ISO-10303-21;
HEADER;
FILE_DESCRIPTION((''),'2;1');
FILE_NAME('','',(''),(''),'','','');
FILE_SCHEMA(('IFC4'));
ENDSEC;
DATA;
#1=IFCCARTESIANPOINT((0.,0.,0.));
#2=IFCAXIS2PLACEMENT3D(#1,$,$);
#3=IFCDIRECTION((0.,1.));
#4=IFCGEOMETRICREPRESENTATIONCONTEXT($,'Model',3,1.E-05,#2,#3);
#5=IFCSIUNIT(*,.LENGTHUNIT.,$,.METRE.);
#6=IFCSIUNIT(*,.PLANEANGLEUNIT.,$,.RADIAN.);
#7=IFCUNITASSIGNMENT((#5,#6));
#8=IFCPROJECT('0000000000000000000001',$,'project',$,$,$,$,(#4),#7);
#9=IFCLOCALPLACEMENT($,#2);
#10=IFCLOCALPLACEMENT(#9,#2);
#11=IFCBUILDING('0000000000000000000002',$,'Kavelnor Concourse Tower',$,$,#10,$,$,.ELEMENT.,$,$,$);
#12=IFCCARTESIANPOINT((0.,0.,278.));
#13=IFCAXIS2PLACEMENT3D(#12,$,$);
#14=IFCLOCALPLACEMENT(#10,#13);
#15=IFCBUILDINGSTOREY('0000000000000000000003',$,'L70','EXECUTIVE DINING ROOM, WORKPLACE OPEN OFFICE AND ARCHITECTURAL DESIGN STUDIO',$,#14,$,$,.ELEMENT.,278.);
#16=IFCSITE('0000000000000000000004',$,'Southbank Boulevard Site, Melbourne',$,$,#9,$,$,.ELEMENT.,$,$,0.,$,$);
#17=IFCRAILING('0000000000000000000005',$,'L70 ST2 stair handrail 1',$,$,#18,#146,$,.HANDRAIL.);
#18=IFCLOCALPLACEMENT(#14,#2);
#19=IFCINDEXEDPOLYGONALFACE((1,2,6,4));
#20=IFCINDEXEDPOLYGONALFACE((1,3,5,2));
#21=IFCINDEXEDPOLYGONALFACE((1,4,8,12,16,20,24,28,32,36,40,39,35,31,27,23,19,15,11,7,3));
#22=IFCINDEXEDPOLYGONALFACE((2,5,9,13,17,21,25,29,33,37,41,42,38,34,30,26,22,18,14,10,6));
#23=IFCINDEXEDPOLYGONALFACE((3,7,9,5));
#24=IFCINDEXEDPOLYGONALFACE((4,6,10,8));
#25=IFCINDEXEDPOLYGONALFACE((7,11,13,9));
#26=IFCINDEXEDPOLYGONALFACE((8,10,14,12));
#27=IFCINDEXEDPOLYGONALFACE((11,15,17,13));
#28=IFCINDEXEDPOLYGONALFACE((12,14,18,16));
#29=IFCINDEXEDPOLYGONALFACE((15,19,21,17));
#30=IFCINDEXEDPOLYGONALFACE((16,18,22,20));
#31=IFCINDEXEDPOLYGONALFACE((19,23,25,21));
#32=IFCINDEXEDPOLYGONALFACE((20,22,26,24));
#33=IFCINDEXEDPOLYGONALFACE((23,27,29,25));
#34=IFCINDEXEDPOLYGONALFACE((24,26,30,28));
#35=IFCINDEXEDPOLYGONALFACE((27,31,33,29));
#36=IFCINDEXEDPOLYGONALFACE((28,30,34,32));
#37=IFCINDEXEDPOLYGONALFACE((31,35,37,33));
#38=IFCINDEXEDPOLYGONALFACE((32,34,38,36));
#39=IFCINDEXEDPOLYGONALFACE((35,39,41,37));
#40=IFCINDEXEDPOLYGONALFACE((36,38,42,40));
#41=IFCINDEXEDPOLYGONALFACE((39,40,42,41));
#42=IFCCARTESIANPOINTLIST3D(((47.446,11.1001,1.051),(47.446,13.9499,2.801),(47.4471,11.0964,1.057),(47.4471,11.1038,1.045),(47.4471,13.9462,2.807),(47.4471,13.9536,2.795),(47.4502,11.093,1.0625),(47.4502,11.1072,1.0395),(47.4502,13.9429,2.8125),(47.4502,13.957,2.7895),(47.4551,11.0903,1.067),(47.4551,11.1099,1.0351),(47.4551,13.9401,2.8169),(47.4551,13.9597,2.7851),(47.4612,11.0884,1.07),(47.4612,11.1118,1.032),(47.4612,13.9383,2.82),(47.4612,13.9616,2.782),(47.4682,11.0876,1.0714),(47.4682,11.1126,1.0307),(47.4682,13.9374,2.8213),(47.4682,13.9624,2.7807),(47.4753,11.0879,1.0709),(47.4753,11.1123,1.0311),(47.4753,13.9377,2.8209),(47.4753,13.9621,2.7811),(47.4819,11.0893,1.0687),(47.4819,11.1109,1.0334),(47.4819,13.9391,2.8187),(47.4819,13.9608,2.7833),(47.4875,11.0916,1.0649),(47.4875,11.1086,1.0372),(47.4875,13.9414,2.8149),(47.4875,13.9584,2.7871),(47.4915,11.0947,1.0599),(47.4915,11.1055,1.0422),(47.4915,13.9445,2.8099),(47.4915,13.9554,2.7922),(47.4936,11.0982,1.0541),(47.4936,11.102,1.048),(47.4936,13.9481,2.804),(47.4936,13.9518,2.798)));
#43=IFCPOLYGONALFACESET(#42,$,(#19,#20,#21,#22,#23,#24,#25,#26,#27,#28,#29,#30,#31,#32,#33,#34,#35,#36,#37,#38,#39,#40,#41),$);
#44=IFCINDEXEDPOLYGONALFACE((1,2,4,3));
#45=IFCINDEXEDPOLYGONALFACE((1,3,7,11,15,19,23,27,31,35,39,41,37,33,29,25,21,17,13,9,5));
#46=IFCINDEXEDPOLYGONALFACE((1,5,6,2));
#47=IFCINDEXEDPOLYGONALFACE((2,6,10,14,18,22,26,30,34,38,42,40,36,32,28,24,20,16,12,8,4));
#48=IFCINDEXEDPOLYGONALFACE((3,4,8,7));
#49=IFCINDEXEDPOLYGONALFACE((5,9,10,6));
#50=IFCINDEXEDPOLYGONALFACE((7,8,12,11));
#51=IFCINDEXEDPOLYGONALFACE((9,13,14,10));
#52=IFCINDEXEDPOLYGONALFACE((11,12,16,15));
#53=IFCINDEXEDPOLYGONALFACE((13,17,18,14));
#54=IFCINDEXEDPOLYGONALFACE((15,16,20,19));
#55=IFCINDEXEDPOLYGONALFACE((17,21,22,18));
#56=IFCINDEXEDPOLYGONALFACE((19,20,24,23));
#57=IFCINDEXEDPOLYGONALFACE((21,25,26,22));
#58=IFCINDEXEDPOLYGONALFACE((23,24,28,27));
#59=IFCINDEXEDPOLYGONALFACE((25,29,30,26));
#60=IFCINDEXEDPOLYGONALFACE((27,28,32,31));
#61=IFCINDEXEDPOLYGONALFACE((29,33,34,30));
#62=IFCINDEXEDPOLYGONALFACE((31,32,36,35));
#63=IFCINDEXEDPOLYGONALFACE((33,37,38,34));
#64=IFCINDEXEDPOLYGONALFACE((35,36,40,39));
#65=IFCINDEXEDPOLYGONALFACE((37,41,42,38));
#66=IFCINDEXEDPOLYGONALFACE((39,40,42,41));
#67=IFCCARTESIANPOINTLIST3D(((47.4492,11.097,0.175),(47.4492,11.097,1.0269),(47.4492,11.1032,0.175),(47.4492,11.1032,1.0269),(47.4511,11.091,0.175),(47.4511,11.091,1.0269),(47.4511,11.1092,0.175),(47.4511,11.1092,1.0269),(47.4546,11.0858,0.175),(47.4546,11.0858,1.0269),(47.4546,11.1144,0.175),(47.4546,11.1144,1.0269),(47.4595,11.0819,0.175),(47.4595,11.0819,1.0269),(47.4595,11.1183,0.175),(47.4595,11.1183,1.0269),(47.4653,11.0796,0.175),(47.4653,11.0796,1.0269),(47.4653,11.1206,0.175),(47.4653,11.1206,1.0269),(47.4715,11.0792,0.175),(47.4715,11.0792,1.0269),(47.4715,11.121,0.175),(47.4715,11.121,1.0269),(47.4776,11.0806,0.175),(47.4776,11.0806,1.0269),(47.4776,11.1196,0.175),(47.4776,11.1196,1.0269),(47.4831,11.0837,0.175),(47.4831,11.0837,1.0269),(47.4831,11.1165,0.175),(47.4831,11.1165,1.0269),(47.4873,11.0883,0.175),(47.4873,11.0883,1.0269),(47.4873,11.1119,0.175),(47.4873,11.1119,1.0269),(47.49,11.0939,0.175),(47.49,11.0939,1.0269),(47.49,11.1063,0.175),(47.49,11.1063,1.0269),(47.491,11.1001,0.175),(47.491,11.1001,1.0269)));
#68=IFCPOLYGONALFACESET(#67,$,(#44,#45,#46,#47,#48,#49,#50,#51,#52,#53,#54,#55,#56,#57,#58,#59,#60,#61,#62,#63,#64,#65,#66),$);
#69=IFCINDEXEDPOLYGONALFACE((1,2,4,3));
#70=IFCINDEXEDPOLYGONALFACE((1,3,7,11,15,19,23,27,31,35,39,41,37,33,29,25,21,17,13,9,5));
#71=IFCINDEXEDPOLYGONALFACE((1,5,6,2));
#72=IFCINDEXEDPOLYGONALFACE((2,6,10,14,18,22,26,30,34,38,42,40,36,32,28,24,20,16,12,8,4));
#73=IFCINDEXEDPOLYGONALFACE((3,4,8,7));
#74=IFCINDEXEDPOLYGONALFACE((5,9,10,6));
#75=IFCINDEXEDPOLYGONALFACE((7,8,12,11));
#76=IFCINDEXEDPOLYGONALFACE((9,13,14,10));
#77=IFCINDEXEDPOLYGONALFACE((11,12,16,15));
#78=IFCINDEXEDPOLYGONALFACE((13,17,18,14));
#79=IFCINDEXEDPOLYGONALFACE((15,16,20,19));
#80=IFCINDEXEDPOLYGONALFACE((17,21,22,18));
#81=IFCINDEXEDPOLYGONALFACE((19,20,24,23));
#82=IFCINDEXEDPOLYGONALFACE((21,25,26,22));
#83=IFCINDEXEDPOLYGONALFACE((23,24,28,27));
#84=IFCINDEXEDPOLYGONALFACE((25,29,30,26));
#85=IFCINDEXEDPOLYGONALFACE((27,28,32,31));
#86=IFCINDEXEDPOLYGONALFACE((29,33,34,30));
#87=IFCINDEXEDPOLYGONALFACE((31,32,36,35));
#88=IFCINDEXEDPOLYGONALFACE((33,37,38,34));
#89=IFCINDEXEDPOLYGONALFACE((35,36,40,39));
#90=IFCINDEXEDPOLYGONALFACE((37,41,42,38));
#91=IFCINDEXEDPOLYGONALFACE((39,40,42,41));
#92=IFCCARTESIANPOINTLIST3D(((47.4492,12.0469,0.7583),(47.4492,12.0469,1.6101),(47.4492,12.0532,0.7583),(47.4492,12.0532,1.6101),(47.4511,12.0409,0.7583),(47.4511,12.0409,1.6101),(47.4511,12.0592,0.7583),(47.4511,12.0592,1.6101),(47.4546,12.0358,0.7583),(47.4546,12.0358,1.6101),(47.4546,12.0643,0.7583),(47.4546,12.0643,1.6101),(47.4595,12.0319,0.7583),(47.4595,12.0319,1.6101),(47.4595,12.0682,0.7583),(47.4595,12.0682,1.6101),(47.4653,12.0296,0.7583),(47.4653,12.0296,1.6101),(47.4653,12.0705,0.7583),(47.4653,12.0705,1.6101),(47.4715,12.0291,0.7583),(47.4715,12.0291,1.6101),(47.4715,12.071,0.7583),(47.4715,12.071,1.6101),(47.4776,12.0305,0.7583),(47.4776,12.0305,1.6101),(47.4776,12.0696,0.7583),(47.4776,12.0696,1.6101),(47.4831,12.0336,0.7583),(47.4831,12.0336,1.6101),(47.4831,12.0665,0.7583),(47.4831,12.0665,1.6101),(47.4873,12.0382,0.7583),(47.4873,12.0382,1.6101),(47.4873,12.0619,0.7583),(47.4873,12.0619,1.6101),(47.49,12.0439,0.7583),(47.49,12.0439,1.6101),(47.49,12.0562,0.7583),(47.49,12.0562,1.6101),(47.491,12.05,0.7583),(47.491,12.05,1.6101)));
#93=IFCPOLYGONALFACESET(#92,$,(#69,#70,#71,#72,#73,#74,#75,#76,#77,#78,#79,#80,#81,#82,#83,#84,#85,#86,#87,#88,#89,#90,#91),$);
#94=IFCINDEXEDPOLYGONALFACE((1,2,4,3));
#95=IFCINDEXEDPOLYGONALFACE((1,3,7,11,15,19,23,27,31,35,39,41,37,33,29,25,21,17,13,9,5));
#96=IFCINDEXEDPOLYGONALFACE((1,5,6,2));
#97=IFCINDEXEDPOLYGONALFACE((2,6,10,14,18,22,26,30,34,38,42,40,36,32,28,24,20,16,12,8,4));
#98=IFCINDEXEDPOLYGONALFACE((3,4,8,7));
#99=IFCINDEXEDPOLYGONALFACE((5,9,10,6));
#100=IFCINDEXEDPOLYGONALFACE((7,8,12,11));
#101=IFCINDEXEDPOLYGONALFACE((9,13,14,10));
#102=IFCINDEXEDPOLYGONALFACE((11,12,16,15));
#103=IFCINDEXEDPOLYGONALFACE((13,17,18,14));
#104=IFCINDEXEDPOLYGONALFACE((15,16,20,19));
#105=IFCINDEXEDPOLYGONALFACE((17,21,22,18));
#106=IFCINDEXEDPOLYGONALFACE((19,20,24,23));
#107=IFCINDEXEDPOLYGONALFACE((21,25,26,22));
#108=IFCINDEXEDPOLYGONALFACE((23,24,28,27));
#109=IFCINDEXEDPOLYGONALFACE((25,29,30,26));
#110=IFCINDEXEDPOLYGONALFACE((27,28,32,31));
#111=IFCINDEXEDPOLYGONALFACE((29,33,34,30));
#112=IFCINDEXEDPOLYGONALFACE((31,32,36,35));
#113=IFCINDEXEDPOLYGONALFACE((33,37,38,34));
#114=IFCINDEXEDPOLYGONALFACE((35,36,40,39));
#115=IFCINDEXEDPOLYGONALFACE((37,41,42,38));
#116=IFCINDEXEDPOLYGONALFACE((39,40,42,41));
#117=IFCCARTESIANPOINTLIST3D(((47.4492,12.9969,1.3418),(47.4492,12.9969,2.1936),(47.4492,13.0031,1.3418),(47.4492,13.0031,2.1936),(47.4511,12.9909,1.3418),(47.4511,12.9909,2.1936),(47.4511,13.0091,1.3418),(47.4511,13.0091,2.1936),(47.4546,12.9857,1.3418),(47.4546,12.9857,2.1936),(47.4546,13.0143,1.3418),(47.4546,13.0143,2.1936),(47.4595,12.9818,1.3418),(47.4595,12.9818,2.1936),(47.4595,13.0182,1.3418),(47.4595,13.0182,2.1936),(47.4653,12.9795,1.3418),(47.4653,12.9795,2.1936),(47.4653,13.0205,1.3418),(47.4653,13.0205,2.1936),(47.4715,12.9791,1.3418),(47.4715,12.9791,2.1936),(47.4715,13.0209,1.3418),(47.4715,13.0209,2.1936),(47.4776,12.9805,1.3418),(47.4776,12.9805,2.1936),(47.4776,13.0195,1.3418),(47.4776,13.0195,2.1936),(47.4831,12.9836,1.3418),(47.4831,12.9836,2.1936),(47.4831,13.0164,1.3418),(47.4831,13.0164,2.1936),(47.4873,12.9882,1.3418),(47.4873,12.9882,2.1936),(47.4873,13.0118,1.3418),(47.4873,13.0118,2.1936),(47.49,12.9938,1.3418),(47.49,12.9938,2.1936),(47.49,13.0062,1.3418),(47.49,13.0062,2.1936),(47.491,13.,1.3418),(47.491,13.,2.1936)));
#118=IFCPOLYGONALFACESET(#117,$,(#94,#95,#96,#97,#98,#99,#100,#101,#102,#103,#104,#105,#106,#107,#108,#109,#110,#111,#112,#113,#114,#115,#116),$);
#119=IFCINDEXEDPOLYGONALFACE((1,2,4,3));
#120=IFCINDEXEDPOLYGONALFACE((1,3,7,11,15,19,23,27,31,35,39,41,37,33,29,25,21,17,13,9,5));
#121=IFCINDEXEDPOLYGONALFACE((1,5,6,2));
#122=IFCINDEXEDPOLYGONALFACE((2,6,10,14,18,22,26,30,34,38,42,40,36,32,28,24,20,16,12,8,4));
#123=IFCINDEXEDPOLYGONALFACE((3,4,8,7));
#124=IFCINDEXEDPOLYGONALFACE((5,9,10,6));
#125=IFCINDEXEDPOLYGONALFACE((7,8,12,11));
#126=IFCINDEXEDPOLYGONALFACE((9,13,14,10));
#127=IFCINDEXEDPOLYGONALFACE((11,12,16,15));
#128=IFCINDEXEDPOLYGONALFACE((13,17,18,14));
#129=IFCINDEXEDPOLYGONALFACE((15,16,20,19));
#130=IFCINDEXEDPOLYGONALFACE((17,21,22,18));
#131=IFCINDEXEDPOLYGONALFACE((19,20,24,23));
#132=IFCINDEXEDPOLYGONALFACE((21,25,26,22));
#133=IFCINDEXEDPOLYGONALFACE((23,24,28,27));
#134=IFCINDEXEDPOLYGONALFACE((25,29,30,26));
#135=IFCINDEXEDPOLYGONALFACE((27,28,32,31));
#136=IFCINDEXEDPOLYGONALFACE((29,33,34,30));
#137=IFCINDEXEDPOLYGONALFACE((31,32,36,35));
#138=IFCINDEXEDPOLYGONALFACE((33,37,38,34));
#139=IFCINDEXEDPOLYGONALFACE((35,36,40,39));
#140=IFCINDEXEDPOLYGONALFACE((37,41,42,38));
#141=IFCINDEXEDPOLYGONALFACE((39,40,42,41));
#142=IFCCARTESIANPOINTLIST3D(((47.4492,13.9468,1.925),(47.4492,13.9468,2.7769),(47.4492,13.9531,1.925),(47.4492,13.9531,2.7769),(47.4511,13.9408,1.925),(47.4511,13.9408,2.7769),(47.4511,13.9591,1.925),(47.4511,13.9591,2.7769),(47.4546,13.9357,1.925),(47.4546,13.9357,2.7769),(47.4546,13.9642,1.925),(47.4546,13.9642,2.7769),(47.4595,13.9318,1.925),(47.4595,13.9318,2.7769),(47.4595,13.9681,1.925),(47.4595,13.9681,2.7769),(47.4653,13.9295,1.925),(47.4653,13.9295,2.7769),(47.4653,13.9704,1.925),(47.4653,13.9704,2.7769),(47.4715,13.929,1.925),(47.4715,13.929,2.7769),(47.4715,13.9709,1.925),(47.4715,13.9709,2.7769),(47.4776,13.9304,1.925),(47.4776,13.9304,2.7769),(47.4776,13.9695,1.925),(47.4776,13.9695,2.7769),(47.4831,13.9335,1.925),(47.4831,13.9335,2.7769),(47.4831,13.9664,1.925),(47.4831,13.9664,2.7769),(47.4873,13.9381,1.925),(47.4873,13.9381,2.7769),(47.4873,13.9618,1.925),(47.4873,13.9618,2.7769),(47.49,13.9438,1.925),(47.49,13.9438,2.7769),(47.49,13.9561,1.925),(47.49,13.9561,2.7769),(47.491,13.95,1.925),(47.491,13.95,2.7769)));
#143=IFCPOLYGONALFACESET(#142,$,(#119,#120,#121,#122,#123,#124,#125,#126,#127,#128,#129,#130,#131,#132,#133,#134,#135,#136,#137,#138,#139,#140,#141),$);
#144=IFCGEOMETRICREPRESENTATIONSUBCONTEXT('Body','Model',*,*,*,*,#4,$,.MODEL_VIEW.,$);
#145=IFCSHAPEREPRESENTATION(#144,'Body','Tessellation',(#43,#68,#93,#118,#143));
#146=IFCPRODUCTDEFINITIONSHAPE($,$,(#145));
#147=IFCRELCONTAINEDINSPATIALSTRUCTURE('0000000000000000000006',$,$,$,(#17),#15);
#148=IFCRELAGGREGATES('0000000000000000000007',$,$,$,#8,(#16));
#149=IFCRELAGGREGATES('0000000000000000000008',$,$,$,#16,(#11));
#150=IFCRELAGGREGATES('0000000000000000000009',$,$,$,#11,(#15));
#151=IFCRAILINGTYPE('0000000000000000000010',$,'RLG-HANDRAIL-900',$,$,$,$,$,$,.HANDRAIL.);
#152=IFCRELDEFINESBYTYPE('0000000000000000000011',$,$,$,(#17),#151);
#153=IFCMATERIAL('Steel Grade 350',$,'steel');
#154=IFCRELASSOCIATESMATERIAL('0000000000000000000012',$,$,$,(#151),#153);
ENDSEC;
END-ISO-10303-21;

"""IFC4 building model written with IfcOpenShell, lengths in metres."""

from ifc_helpers import new_model, si_unit, direction, frame, origin, origin_2d, place, context, subcontext, project, spatial, circle, extrude, material, type_object, element, save


model = new_model("IFC4")

# Units and contexts
model_context = context("Model", 3, precision=1e-05, world=origin(), true_north=direction((0.0, 1.0)))
body_context = subcontext(model_context, "Body", "Model", "MODEL_VIEW")
ifc_project = project(units=[si_unit("LENGTHUNIT", "METRE"), si_unit("PLANEANGLEUNIT", "RADIAN")], contexts=[model_context])

# Site, building, storey
site_placement = place(None, origin())
site = spatial("IfcSite", under=ifc_project, at=site_placement, Name="Southbank Boulevard Site, Melbourne", CompositionType="ELEMENT", RefElevation=0.0)
building_placement = place(site_placement, origin())
building = spatial("IfcBuilding", under=site, at=building_placement, Name="Kavelnor Concourse Tower", CompositionType="ELEMENT")
storey_placement = place(building_placement, frame((0.0, 0.0, 278.0)))
storey = spatial("IfcBuildingStorey", under=building, at=storey_placement, Name="L70", Description="EXECUTIVE DINING ROOM, WORKPLACE OPEN OFFICE AND ARCHITECTURAL DESIGN STUDIO", CompositionType="ELEMENT", Elevation=278.0)

# Shared definitions
ifc_material_1 = material(Name="Steel Grade 350", Category="steel")

# Railing
railing_type_1 = type_object("IfcRailingType", Name="RLG-HANDRAIL-900", PredefinedType="HANDRAIL", material=ifc_material_1)
railing_1_placement = place(storey_placement, frame((47.47, 11.1001, 0.175)))
element("IfcRailing", 1, at=railing_1_placement, inside=storey, type_object=railing_type_1, Name="L70 ST2 stair handrail 1", PredefinedType="HANDRAIL", context=body_context, shape_type="SweptSolid", body=[
    extrude(circle(Radius=0.0239, at=origin_2d()), frame((0.0, 0.0, 0.876), z_axis=(0.0, 0.852159, 0.523283), x_axis=(-1.0, 0.0, 0.0)), (0.0, 0.0, 1.0), 3.3442),
    extrude(circle(Radius=0.021, at=origin_2d()), origin(), (0.0, 0.0, 1.0), 0.8518),
    extrude(circle(Radius=0.021, at=origin_2d()), frame((0.0, 0.95, 0.5833)), (0.0, 0.0, 1.0), 0.8518),
    extrude(circle(Radius=0.021, at=origin_2d()), frame((0.0, 1.8999, 1.1667)), (0.0, 0.0, 1.0), 0.8518),
    extrude(circle(Radius=0.021, at=origin_2d()), frame((0.0, 2.8499, 1.75)), (0.0, 0.0, 1.0), 0.8518),
])

save(model, "model.ifc")
